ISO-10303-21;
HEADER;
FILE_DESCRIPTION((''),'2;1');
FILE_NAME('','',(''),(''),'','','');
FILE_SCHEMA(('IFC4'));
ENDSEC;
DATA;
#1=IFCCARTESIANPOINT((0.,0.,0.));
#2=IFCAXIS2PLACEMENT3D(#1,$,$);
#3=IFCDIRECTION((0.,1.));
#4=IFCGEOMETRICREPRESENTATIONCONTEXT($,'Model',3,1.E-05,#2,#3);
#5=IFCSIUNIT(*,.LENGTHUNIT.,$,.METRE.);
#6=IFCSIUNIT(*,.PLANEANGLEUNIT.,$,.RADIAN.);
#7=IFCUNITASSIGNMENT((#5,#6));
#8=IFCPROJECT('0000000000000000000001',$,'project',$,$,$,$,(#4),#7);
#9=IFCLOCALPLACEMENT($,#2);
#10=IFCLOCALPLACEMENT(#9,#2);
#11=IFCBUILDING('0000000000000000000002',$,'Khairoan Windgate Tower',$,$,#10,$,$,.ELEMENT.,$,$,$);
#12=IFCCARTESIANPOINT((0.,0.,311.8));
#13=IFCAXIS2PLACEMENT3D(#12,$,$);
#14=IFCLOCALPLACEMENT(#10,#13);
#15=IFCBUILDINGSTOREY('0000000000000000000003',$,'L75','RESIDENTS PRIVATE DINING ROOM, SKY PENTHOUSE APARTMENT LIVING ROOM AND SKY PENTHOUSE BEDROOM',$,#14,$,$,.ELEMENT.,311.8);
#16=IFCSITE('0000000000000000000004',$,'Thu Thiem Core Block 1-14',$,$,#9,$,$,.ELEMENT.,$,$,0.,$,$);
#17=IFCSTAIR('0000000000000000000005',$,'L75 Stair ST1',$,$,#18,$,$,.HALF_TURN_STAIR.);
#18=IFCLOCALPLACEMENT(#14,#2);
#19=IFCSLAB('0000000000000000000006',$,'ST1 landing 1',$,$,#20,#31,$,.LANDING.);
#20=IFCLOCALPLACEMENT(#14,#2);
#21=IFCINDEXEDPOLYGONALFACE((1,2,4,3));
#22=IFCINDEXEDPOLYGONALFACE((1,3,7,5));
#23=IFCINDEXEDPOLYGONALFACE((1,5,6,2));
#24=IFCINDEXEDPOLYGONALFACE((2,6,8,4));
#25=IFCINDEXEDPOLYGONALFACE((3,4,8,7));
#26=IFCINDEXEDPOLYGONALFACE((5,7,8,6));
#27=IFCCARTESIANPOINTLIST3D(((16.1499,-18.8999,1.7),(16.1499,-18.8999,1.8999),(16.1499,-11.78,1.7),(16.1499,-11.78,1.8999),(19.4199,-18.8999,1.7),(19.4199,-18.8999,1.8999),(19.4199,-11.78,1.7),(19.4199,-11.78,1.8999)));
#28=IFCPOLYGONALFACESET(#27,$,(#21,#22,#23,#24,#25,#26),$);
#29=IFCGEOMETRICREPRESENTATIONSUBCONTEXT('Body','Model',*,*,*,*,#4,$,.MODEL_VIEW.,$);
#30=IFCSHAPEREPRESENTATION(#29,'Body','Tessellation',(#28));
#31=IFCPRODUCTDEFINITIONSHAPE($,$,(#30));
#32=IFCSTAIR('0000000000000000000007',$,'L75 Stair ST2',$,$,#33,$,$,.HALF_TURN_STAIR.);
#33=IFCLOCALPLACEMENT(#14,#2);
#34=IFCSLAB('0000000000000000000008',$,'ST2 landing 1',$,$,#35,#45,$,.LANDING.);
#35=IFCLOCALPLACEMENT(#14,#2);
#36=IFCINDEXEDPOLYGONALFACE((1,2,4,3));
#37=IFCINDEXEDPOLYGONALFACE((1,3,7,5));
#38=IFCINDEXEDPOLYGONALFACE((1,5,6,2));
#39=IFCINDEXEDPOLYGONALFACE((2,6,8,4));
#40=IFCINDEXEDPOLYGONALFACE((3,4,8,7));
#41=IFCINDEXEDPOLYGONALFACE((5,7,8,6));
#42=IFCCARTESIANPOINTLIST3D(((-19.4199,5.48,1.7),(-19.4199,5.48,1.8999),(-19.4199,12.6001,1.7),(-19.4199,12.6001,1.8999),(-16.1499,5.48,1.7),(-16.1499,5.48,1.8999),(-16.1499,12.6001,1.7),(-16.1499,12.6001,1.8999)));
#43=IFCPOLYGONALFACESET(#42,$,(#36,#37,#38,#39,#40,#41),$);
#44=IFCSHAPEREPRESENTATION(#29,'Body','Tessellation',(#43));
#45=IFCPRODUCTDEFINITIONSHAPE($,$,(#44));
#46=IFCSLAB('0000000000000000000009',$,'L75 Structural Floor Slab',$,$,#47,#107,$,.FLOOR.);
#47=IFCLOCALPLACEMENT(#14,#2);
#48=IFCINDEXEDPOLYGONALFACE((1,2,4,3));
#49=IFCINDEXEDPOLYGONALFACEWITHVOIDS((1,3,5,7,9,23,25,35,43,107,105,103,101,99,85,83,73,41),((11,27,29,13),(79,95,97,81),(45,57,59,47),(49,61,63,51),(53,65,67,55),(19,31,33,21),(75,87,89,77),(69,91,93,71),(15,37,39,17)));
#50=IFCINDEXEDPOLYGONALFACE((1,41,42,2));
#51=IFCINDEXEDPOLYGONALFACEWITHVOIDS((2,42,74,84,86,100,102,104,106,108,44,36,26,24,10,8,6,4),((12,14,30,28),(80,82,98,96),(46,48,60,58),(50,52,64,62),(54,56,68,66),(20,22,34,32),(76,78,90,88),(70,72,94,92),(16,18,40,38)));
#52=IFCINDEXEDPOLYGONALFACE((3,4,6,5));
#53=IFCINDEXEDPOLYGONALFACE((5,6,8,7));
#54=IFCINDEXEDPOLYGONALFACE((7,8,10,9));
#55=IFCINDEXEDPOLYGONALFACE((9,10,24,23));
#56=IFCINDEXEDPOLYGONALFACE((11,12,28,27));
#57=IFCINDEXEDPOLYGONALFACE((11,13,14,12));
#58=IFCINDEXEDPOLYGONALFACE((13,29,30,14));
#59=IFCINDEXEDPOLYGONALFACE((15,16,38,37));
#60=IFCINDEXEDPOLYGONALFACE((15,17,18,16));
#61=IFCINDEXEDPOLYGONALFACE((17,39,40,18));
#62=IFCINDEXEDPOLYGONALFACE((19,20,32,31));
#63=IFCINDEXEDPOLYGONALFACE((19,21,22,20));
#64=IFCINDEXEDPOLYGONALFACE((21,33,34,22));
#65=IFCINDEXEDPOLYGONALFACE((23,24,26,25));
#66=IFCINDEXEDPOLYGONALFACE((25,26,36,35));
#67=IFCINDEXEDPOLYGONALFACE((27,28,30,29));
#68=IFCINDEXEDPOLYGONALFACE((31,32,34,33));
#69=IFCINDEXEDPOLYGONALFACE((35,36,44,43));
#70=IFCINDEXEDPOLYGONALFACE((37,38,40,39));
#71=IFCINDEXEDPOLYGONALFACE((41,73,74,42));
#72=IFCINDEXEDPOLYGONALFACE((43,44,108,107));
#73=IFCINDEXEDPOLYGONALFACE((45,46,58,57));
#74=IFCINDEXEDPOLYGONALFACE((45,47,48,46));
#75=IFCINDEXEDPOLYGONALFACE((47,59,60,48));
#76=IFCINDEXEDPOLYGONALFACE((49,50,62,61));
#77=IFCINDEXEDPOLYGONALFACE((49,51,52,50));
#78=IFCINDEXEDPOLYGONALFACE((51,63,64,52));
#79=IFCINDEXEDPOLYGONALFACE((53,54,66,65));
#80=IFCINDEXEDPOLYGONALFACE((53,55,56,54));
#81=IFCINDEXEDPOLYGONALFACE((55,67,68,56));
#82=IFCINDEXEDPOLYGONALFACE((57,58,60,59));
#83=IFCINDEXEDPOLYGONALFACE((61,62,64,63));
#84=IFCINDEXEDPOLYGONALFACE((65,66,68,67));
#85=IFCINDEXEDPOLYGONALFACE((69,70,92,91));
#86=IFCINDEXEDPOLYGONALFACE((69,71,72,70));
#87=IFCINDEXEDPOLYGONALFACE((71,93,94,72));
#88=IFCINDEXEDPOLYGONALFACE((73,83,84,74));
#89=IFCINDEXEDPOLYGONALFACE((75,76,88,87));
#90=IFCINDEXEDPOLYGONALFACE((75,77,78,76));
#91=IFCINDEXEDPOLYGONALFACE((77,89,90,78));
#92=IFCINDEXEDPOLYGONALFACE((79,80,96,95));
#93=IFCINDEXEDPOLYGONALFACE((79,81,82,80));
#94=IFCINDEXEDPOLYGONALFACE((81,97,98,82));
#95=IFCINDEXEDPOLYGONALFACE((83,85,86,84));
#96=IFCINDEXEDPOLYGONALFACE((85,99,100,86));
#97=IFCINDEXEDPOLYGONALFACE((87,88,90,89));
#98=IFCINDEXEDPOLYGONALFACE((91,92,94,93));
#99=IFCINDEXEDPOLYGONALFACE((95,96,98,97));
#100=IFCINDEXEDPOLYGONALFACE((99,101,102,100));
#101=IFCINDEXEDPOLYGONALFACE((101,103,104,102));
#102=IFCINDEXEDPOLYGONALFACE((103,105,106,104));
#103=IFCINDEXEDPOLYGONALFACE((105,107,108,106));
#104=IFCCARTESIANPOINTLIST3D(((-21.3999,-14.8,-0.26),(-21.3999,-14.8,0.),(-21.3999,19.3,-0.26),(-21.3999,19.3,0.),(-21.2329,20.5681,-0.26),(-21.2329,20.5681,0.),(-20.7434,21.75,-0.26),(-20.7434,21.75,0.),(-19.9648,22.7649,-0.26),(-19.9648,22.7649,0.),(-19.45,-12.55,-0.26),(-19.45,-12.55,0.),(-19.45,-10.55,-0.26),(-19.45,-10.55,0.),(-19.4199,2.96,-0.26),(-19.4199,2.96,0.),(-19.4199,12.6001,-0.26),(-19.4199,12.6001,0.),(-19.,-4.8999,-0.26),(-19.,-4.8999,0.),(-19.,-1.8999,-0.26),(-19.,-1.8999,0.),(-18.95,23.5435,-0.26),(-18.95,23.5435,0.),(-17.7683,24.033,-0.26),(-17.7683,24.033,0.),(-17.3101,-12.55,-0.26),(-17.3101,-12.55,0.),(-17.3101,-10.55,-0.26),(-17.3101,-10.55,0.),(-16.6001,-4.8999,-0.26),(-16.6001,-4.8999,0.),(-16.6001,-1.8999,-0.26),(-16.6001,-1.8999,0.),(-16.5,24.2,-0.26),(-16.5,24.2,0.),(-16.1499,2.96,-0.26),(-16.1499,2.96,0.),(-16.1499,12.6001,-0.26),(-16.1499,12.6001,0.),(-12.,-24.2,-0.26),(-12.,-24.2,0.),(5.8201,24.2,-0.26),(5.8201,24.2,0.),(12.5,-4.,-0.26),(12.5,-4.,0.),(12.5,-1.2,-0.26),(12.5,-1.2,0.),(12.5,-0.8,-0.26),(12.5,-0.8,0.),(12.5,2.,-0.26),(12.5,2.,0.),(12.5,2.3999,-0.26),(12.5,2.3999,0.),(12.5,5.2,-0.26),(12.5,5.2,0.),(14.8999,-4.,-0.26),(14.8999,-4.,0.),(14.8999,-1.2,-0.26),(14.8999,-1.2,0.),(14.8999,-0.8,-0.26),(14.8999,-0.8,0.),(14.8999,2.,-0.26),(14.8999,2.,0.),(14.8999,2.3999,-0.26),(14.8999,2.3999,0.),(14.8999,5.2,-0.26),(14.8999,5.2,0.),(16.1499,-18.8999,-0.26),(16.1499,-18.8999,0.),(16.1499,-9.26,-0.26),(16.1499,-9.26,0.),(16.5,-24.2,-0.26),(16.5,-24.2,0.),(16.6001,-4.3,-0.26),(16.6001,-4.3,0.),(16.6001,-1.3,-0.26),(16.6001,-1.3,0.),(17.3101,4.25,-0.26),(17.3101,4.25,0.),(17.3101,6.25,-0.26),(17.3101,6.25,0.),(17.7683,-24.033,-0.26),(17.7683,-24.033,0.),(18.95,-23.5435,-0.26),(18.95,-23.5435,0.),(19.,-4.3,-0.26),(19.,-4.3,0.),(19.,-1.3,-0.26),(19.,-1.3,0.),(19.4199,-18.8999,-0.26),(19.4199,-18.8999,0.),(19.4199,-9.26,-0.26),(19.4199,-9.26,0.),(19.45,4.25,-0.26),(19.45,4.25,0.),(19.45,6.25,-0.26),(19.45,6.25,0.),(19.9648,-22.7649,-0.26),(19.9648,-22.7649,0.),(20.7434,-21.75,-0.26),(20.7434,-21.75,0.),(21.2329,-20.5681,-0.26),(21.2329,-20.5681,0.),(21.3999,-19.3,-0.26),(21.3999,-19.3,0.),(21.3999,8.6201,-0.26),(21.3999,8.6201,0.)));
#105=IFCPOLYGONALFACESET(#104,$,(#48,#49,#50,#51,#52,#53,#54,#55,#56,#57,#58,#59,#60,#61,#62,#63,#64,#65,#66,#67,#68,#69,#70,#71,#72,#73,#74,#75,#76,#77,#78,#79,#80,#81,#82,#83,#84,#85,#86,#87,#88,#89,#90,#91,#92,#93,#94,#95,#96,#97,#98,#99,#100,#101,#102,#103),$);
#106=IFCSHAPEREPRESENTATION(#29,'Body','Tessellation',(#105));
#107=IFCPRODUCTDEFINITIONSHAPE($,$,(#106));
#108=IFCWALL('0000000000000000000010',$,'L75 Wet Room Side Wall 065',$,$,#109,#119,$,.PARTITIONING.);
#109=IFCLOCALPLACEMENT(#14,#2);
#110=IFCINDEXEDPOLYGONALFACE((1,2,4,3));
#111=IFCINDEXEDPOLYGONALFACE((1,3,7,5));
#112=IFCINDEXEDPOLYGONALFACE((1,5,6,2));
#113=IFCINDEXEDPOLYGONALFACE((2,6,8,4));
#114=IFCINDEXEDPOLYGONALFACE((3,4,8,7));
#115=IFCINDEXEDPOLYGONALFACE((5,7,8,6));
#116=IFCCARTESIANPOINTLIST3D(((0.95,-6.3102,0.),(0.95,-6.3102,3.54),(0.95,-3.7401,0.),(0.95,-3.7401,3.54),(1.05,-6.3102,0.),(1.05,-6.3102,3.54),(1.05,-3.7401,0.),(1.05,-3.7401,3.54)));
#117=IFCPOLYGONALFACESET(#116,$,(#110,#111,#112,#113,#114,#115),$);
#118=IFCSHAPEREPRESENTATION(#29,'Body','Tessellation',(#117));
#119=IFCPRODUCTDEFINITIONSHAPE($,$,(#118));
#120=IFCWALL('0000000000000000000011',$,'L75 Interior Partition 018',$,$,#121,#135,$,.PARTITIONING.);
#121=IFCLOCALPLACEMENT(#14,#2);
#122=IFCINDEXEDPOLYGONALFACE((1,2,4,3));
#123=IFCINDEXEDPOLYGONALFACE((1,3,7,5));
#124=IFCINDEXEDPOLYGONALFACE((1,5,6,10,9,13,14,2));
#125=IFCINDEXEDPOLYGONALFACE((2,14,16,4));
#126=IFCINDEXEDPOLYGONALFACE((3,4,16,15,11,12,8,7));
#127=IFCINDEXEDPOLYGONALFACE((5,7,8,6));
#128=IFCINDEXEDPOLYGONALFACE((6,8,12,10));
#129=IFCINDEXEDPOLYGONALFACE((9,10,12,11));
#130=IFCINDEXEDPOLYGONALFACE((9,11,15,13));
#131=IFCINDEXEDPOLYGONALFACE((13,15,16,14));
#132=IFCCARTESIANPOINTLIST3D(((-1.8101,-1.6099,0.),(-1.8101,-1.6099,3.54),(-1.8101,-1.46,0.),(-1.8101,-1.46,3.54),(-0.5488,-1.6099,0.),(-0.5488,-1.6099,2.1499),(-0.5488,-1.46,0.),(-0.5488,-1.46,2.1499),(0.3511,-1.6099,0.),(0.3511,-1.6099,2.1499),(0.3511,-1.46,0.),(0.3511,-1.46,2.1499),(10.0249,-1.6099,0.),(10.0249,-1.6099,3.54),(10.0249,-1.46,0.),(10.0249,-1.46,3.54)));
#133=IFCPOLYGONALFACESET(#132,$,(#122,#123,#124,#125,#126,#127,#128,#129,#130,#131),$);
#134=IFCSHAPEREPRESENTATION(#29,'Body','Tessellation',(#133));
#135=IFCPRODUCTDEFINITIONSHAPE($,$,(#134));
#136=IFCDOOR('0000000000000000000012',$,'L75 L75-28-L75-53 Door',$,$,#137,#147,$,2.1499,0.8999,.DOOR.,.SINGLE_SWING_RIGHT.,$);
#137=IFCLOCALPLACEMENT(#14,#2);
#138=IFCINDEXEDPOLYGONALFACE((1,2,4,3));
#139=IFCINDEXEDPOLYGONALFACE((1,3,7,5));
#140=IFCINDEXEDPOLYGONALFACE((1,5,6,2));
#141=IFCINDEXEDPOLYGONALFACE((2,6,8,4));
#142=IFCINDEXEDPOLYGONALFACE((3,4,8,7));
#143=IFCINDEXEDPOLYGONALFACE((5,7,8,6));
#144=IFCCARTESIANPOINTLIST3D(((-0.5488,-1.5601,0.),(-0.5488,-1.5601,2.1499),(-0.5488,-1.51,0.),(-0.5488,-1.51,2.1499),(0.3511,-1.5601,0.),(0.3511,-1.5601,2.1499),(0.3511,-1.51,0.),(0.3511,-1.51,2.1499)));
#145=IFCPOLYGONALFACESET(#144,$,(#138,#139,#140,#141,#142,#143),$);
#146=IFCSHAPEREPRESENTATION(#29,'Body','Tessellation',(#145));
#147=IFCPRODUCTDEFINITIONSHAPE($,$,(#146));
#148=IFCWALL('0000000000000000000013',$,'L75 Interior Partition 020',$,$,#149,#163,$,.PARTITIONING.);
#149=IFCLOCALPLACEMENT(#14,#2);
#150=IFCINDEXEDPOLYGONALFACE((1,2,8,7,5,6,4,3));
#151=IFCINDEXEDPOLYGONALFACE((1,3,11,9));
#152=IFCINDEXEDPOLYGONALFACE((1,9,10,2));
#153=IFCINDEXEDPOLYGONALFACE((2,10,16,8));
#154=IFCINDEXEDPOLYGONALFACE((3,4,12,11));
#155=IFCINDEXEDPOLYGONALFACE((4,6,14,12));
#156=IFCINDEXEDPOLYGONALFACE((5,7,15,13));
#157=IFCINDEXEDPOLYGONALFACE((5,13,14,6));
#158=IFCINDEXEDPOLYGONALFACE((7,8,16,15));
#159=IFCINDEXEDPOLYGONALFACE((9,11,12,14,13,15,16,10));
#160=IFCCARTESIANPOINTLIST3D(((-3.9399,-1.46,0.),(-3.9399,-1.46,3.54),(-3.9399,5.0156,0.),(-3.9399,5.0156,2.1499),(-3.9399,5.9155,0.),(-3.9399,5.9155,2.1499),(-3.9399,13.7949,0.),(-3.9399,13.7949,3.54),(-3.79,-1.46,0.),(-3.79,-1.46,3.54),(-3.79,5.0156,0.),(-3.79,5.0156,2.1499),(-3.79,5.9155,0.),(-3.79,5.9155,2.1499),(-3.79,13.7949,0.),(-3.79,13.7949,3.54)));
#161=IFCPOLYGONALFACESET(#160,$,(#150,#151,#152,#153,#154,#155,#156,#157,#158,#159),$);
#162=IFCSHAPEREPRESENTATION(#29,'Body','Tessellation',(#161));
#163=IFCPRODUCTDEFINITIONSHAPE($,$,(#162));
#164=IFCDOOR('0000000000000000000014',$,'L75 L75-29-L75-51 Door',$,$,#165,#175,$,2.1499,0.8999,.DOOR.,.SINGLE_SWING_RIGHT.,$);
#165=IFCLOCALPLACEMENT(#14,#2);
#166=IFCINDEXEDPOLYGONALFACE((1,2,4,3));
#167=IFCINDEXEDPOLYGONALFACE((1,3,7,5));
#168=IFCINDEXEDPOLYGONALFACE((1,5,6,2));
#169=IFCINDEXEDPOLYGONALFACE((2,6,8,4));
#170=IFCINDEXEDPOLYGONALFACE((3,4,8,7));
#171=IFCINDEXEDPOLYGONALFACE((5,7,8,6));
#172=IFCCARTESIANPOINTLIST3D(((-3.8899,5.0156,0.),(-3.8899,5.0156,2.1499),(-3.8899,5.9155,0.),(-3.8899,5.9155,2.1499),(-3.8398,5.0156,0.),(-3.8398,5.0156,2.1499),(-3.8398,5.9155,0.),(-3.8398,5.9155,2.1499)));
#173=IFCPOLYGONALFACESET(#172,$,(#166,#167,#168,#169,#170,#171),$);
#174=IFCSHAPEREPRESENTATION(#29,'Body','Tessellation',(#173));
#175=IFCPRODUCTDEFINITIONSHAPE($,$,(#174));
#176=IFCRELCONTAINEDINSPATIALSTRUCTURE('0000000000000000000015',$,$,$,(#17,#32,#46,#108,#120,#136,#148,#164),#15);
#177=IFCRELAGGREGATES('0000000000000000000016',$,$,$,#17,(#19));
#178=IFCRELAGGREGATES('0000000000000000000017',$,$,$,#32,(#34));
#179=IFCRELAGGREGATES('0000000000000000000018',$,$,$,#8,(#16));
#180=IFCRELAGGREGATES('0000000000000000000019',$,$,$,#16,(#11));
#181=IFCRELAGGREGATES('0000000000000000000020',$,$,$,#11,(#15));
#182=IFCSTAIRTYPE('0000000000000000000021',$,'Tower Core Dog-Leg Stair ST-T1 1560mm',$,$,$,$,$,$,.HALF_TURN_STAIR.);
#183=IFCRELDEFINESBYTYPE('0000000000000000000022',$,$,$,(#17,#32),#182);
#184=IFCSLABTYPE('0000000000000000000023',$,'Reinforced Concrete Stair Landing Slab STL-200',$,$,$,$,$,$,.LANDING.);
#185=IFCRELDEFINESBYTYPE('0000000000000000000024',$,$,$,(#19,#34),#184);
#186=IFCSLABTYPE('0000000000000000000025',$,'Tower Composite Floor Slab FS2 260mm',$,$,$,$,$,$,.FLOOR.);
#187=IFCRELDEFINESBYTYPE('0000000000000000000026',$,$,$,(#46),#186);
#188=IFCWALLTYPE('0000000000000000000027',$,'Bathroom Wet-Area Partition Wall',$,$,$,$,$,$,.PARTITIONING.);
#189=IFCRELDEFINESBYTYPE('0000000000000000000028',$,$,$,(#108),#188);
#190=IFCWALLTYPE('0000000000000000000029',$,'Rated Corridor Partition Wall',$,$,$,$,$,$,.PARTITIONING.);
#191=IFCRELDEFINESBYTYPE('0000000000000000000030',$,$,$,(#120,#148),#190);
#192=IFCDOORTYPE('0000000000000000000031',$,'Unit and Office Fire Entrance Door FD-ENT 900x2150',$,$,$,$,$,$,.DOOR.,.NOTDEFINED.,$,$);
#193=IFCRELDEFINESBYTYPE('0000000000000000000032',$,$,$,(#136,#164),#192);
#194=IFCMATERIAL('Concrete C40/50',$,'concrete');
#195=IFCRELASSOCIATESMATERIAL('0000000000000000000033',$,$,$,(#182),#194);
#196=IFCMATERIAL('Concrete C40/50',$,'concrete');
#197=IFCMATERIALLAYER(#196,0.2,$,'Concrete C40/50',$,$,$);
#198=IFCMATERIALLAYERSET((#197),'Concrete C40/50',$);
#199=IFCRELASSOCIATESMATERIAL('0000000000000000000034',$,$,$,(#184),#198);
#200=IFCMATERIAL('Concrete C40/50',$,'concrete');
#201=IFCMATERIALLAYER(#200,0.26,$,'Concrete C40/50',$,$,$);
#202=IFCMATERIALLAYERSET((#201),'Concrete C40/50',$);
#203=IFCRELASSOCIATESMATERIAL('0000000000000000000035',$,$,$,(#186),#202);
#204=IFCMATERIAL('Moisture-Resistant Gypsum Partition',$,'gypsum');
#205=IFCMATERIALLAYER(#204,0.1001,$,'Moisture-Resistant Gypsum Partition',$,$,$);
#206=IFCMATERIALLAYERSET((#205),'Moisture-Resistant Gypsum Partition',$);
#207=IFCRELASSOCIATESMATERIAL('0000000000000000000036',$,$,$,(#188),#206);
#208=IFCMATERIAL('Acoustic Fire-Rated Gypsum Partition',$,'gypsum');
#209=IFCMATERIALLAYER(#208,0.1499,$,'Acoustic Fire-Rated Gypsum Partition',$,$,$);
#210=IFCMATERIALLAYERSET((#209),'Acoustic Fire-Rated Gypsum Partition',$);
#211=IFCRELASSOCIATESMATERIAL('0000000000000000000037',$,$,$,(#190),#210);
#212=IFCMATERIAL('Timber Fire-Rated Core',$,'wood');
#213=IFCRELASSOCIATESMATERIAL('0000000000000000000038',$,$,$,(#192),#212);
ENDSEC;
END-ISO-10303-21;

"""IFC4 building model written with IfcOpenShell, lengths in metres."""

from ifc_helpers import new_model, si_unit, direction, frame, frame_2d, origin, place, context, subcontext, project, spatial, polyline, rectangle, outline, extrude, material, layer, layer_set, type_object, element, fill, aggregate, save


model = new_model("IFC4")

# Units and contexts
model_context = context("Model", 3, precision=1e-05, world=origin(), true_north=direction((0.0, 1.0)))
body_context = subcontext(model_context, "Body", "Model", "MODEL_VIEW")
ifc_project = project(units=[si_unit("LENGTHUNIT", "METRE"), si_unit("PLANEANGLEUNIT", "RADIAN")], contexts=[model_context])

# Site, building, storey
site_placement = place(None, origin())
site = spatial("IfcSite", under=ifc_project, at=site_placement, Name="Thu Thiem Core Block 1-14", CompositionType="ELEMENT", RefElevation=0.0)
building_placement = place(site_placement, origin())
building = spatial("IfcBuilding", under=site, at=building_placement, Name="Khairoan Windgate Tower", CompositionType="ELEMENT")
storey_placement = place(building_placement, frame((0.0, 0.0, 311.8)))
storey = spatial("IfcBuildingStorey", under=building, at=storey_placement, Name="L75", Description="RESIDENTS PRIVATE DINING ROOM, SKY PENTHOUSE APARTMENT LIVING ROOM AND SKY PENTHOUSE BEDROOM", CompositionType="ELEMENT", Elevation=311.8)

# Stairs, slabs
ifc_material_1 = material(Name="Concrete C40/50", Category="concrete")
stair_type = type_object("IfcStairType", Name="Tower Core Dog-Leg Stair ST-T1 1560mm", PredefinedType="HALF_TURN_STAIR", material=ifc_material_1)
stair_1_placement = place(storey_placement, origin())
stair_1 = element("IfcStair", 1, at=stair_1_placement, inside=storey, type_object=stair_type, Name="L75 Stair ST1", PredefinedType="HALF_TURN_STAIR")
ifc_material_2 = material(Name="Concrete C40/50", Category="concrete")
ifc_layer_1 = layer(ifc_material_2, 0.2, Name="Concrete C40/50")
ifc_layer_set_1 = layer_set([ifc_layer_1], Name="Concrete C40/50")
slab_type_1 = type_object("IfcSlabType", Name="Reinforced Concrete Stair Landing Slab STL-200", PredefinedType="LANDING", material=ifc_layer_set_1)
slab_1_placement = place(storey_placement, frame((0.0, 0.0, 1.7)))
slab_1 = element("IfcSlab", 2, at=slab_1_placement, type_object=slab_type_1, Name="ST1 landing 1", PredefinedType="LANDING", context=body_context, shape_type="SweptSolid", body=[
    extrude(outline(polyline([(16.1499, -11.78), (16.1499, -18.8999), (19.4199, -18.8999), (19.4199, -11.78), (16.1499, -11.78)])), origin(), (0.0, 0.0, 1.0), 0.2),
])
aggregate(stair_1, [slab_1])
stair_2_placement = place(storey_placement, origin())
stair_2 = element("IfcStair", 3, at=stair_2_placement, inside=storey, type_object=stair_type, Name="L75 Stair ST2", PredefinedType="HALF_TURN_STAIR")
slab_2_placement = place(storey_placement, frame((0.0, 0.0, 1.7)))
slab_2 = element("IfcSlab", 4, at=slab_2_placement, type_object=slab_type_1, Name="ST2 landing 1", PredefinedType="LANDING", context=body_context, shape_type="SweptSolid", body=[
    extrude(outline(polyline([(-16.1499, 5.48), (-16.1499, 12.6001), (-19.4199, 12.6001), (-19.4199, 5.48), (-16.1499, 5.48)])), origin(), (0.0, 0.0, 1.0), 0.2),
])
aggregate(stair_2, [slab_2])

# Slab
ifc_material_3 = material(Name="Concrete C40/50", Category="concrete")
ifc_layer_2 = layer(ifc_material_3, 0.26, Name="Concrete C40/50")
ifc_layer_set_2 = layer_set([ifc_layer_2], Name="Concrete C40/50")
slab_type_2 = type_object("IfcSlabType", Name="Tower Composite Floor Slab FS2 260mm", PredefinedType="FLOOR", material=ifc_layer_set_2)
slab_3_placement = place(storey_placement, frame((0.0, 0.0, -0.26)))
element("IfcSlab", 5, at=slab_3_placement, inside=storey, type_object=slab_type_2, Name="L75 Structural Floor Slab", PredefinedType="FLOOR", context=body_context, shape_type="SweptSolid", body=[
    extrude(outline(polyline([(16.5, -24.2), (17.7683, -24.033), (18.95, -23.5435), (19.9648, -22.7649), (20.7434, -21.75), (21.2329, -20.5681), (21.3999, -19.3), (21.3999, 8.6201), (5.8201, 24.2), (-16.5, 24.2), (-17.7683, 24.033), (-18.95, 23.5435), (-19.9648, 22.7649), (-20.7434, 21.75), (-21.2329, 20.5681), (-21.3999, 19.3), (-21.3999, -14.8), (-12.0, -24.2), (16.5, -24.2)]), holes=[polyline([(16.1499, -9.26), (16.1499, -18.8999), (19.4199, -18.8999), (19.4199, -9.26), (16.1499, -9.26)]), polyline([(-16.1499, 2.96), (-16.1499, 12.6001), (-19.4199, 12.6001), (-19.4199, 2.96), (-16.1499, 2.96)]), polyline([(12.5, 2.3999), (14.8999, 2.3999), (14.8999, 5.2), (12.5, 5.2), (12.5, 2.3999)]), polyline([(12.5, -0.8), (14.8999, -0.8), (14.8999, 2.0), (12.5, 2.0), (12.5, -0.8)]), polyline([(12.5, -4.0), (14.8999, -4.0), (14.8999, -1.2), (12.5, -1.2), (12.5, -4.0)]), polyline([(16.6001, -4.3), (19.0, -4.3), (19.0, -1.3), (16.6001, -1.3), (16.6001, -4.3)]), polyline([(-19.0, -4.8999), (-16.6001, -4.8999), (-16.6001, -1.8999), (-19.0, -1.8999), (-19.0, -4.8999)]), polyline([(-19.45, -12.55), (-17.3101, -12.55), (-17.3101, -10.55), (-19.45, -10.55), (-19.45, -12.55)]), polyline([(17.3101, 4.25), (19.45, 4.25), (19.45, 6.25), (17.3101, 6.25), (17.3101, 4.25)])]), origin(), (0.0, 0.0, 1.0), 0.26),
])

# Wall
ifc_material_4 = material(Name="Moisture-Resistant Gypsum Partition", Category="gypsum")
ifc_layer_3 = layer(ifc_material_4, 0.1001, Name="Moisture-Resistant Gypsum Partition")
ifc_layer_set_3 = layer_set([ifc_layer_3], Name="Moisture-Resistant Gypsum Partition")
wall_type_1 = type_object("IfcWallType", Name="Bathroom Wet-Area Partition Wall", PredefinedType="PARTITIONING", material=ifc_layer_set_3)
wall_1_placement = place(storey_placement, frame((1.0, -3.74, 0.0), z_axis=(0.0, 0.0, 1.0), x_axis=(0.0, -1.0, 0.0)))
element("IfcWall", 6, at=wall_1_placement, inside=storey, type_object=wall_type_1, Name="L75 Wet Room Side Wall 065", PredefinedType="PARTITIONING", context=body_context, shape_type="SweptSolid", body=[
    extrude(rectangle(XDim=2.5701, YDim=0.1001, at=frame_2d((1.2852, 0.0))), origin(), (0.0, 0.0, 1.0), 3.54),
])

# Walls, openings, doors
ifc_material_5 = material(Name="Acoustic Fire-Rated Gypsum Partition", Category="gypsum")
ifc_layer_4 = layer(ifc_material_5, 0.1499, Name="Acoustic Fire-Rated Gypsum Partition")
ifc_layer_set_4 = layer_set([ifc_layer_4], Name="Acoustic Fire-Rated Gypsum Partition")
wall_type_2 = type_object("IfcWallType", Name="Rated Corridor Partition Wall", PredefinedType="PARTITIONING", material=ifc_layer_set_4)
wall_2_placement = place(storey_placement, frame((-1.8101, -1.5349, 0.0), z_axis=(0.0, 0.0, 1.0), x_axis=(1.0, 0.0, 0.0)))
wall_2 = element("IfcWall", 7, at=wall_2_placement, inside=storey, type_object=wall_type_2, Name="L75 Interior Partition 018", PredefinedType="PARTITIONING", context=body_context, shape_type="SweptSolid", body=[
    extrude(rectangle(XDim=11.835, YDim=0.1499, at=frame_2d((5.9175, 0.0))), origin(), (0.0, 0.0, 1.0), 3.54),
])
opening_1_placement = place(wall_2_placement, frame((1.2612, 0.0, 0.0)))
opening_1 = element("IfcOpeningElement", 8, at=opening_1_placement, cuts=wall_2, PredefinedType="OPENING", context=body_context, shape_type="SweptSolid", body=[
    extrude(rectangle(XDim=0.8999, YDim=2.1499, at=frame_2d((0.45, 1.075))), frame((0.0, 0.085, 0.0), z_axis=(0.0, -1.0, 0.0), x_axis=(1.0, 0.0, 0.0)), (0.0, 0.0, 1.0), 0.1699),
])
ifc_material_6 = material(Name="Timber Fire-Rated Core", Category="wood")
door_type = type_object("IfcDoorType", Name="Unit and Office Fire Entrance Door FD-ENT 900x2150", OperationType="NOTDEFINED", PredefinedType="DOOR", material=ifc_material_6)
door_1_placement = place(opening_1_placement, origin())
door_1 = element("IfcDoor", 9, at=door_1_placement, inside=storey, type_object=door_type, Name="L75 L75-28-L75-53 Door", OperationType="SINGLE_SWING_RIGHT", OverallHeight=2.1499, OverallWidth=0.8999, PredefinedType="DOOR", context=body_context, shape_type="SweptSolid", body=[
    extrude(rectangle(XDim=0.8999, YDim=2.1499, at=frame_2d((0.45, 1.075))), frame((0.0, 0.0249, 0.0), z_axis=(0.0, -1.0, 0.0), x_axis=(1.0, 0.0, 0.0)), (0.0, 0.0, 1.0), 0.05),
])
fill(opening_1, door_1)
wall_3_placement = place(storey_placement, frame((-3.865, -1.46, 0.0), z_axis=(0.0, 0.0, 1.0), x_axis=(0.0, 1.0, 0.0)))
wall_3 = element("IfcWall", 10, at=wall_3_placement, inside=storey, type_object=wall_type_2, Name="L75 Interior Partition 020", PredefinedType="PARTITIONING", context=body_context, shape_type="SweptSolid", body=[
    extrude(rectangle(XDim=15.2549, YDim=0.1499, at=frame_2d((7.6274, 0.0))), origin(), (0.0, 0.0, 1.0), 3.54),
])
opening_2_placement = place(wall_3_placement, frame((6.4756, 0.0, 0.0)))
opening_2 = element("IfcOpeningElement", 11, at=opening_2_placement, cuts=wall_3, PredefinedType="OPENING", context=body_context, shape_type="SweptSolid", body=[
    extrude(rectangle(XDim=0.8999, YDim=2.1499, at=frame_2d((0.45, 1.075))), frame((0.0, 0.085, 0.0), z_axis=(0.0, -1.0, 0.0), x_axis=(1.0, 0.0, 0.0)), (0.0, 0.0, 1.0), 0.1699),
])
door_2_placement = place(opening_2_placement, origin())
door_2 = element("IfcDoor", 12, at=door_2_placement, inside=storey, type_object=door_type, Name="L75 L75-29-L75-51 Door", OperationType="SINGLE_SWING_RIGHT", OverallHeight=2.1499, OverallWidth=0.8999, PredefinedType="DOOR", context=body_context, shape_type="SweptSolid", body=[
    extrude(rectangle(XDim=0.8999, YDim=2.1499, at=frame_2d((0.45, 1.075))), frame((0.0, 0.0249, 0.0), z_axis=(0.0, -1.0, 0.0), x_axis=(1.0, 0.0, 0.0)), (0.0, 0.0, 1.0), 0.05),
])
fill(opening_2, door_2)

save(model, "model.ifc")
